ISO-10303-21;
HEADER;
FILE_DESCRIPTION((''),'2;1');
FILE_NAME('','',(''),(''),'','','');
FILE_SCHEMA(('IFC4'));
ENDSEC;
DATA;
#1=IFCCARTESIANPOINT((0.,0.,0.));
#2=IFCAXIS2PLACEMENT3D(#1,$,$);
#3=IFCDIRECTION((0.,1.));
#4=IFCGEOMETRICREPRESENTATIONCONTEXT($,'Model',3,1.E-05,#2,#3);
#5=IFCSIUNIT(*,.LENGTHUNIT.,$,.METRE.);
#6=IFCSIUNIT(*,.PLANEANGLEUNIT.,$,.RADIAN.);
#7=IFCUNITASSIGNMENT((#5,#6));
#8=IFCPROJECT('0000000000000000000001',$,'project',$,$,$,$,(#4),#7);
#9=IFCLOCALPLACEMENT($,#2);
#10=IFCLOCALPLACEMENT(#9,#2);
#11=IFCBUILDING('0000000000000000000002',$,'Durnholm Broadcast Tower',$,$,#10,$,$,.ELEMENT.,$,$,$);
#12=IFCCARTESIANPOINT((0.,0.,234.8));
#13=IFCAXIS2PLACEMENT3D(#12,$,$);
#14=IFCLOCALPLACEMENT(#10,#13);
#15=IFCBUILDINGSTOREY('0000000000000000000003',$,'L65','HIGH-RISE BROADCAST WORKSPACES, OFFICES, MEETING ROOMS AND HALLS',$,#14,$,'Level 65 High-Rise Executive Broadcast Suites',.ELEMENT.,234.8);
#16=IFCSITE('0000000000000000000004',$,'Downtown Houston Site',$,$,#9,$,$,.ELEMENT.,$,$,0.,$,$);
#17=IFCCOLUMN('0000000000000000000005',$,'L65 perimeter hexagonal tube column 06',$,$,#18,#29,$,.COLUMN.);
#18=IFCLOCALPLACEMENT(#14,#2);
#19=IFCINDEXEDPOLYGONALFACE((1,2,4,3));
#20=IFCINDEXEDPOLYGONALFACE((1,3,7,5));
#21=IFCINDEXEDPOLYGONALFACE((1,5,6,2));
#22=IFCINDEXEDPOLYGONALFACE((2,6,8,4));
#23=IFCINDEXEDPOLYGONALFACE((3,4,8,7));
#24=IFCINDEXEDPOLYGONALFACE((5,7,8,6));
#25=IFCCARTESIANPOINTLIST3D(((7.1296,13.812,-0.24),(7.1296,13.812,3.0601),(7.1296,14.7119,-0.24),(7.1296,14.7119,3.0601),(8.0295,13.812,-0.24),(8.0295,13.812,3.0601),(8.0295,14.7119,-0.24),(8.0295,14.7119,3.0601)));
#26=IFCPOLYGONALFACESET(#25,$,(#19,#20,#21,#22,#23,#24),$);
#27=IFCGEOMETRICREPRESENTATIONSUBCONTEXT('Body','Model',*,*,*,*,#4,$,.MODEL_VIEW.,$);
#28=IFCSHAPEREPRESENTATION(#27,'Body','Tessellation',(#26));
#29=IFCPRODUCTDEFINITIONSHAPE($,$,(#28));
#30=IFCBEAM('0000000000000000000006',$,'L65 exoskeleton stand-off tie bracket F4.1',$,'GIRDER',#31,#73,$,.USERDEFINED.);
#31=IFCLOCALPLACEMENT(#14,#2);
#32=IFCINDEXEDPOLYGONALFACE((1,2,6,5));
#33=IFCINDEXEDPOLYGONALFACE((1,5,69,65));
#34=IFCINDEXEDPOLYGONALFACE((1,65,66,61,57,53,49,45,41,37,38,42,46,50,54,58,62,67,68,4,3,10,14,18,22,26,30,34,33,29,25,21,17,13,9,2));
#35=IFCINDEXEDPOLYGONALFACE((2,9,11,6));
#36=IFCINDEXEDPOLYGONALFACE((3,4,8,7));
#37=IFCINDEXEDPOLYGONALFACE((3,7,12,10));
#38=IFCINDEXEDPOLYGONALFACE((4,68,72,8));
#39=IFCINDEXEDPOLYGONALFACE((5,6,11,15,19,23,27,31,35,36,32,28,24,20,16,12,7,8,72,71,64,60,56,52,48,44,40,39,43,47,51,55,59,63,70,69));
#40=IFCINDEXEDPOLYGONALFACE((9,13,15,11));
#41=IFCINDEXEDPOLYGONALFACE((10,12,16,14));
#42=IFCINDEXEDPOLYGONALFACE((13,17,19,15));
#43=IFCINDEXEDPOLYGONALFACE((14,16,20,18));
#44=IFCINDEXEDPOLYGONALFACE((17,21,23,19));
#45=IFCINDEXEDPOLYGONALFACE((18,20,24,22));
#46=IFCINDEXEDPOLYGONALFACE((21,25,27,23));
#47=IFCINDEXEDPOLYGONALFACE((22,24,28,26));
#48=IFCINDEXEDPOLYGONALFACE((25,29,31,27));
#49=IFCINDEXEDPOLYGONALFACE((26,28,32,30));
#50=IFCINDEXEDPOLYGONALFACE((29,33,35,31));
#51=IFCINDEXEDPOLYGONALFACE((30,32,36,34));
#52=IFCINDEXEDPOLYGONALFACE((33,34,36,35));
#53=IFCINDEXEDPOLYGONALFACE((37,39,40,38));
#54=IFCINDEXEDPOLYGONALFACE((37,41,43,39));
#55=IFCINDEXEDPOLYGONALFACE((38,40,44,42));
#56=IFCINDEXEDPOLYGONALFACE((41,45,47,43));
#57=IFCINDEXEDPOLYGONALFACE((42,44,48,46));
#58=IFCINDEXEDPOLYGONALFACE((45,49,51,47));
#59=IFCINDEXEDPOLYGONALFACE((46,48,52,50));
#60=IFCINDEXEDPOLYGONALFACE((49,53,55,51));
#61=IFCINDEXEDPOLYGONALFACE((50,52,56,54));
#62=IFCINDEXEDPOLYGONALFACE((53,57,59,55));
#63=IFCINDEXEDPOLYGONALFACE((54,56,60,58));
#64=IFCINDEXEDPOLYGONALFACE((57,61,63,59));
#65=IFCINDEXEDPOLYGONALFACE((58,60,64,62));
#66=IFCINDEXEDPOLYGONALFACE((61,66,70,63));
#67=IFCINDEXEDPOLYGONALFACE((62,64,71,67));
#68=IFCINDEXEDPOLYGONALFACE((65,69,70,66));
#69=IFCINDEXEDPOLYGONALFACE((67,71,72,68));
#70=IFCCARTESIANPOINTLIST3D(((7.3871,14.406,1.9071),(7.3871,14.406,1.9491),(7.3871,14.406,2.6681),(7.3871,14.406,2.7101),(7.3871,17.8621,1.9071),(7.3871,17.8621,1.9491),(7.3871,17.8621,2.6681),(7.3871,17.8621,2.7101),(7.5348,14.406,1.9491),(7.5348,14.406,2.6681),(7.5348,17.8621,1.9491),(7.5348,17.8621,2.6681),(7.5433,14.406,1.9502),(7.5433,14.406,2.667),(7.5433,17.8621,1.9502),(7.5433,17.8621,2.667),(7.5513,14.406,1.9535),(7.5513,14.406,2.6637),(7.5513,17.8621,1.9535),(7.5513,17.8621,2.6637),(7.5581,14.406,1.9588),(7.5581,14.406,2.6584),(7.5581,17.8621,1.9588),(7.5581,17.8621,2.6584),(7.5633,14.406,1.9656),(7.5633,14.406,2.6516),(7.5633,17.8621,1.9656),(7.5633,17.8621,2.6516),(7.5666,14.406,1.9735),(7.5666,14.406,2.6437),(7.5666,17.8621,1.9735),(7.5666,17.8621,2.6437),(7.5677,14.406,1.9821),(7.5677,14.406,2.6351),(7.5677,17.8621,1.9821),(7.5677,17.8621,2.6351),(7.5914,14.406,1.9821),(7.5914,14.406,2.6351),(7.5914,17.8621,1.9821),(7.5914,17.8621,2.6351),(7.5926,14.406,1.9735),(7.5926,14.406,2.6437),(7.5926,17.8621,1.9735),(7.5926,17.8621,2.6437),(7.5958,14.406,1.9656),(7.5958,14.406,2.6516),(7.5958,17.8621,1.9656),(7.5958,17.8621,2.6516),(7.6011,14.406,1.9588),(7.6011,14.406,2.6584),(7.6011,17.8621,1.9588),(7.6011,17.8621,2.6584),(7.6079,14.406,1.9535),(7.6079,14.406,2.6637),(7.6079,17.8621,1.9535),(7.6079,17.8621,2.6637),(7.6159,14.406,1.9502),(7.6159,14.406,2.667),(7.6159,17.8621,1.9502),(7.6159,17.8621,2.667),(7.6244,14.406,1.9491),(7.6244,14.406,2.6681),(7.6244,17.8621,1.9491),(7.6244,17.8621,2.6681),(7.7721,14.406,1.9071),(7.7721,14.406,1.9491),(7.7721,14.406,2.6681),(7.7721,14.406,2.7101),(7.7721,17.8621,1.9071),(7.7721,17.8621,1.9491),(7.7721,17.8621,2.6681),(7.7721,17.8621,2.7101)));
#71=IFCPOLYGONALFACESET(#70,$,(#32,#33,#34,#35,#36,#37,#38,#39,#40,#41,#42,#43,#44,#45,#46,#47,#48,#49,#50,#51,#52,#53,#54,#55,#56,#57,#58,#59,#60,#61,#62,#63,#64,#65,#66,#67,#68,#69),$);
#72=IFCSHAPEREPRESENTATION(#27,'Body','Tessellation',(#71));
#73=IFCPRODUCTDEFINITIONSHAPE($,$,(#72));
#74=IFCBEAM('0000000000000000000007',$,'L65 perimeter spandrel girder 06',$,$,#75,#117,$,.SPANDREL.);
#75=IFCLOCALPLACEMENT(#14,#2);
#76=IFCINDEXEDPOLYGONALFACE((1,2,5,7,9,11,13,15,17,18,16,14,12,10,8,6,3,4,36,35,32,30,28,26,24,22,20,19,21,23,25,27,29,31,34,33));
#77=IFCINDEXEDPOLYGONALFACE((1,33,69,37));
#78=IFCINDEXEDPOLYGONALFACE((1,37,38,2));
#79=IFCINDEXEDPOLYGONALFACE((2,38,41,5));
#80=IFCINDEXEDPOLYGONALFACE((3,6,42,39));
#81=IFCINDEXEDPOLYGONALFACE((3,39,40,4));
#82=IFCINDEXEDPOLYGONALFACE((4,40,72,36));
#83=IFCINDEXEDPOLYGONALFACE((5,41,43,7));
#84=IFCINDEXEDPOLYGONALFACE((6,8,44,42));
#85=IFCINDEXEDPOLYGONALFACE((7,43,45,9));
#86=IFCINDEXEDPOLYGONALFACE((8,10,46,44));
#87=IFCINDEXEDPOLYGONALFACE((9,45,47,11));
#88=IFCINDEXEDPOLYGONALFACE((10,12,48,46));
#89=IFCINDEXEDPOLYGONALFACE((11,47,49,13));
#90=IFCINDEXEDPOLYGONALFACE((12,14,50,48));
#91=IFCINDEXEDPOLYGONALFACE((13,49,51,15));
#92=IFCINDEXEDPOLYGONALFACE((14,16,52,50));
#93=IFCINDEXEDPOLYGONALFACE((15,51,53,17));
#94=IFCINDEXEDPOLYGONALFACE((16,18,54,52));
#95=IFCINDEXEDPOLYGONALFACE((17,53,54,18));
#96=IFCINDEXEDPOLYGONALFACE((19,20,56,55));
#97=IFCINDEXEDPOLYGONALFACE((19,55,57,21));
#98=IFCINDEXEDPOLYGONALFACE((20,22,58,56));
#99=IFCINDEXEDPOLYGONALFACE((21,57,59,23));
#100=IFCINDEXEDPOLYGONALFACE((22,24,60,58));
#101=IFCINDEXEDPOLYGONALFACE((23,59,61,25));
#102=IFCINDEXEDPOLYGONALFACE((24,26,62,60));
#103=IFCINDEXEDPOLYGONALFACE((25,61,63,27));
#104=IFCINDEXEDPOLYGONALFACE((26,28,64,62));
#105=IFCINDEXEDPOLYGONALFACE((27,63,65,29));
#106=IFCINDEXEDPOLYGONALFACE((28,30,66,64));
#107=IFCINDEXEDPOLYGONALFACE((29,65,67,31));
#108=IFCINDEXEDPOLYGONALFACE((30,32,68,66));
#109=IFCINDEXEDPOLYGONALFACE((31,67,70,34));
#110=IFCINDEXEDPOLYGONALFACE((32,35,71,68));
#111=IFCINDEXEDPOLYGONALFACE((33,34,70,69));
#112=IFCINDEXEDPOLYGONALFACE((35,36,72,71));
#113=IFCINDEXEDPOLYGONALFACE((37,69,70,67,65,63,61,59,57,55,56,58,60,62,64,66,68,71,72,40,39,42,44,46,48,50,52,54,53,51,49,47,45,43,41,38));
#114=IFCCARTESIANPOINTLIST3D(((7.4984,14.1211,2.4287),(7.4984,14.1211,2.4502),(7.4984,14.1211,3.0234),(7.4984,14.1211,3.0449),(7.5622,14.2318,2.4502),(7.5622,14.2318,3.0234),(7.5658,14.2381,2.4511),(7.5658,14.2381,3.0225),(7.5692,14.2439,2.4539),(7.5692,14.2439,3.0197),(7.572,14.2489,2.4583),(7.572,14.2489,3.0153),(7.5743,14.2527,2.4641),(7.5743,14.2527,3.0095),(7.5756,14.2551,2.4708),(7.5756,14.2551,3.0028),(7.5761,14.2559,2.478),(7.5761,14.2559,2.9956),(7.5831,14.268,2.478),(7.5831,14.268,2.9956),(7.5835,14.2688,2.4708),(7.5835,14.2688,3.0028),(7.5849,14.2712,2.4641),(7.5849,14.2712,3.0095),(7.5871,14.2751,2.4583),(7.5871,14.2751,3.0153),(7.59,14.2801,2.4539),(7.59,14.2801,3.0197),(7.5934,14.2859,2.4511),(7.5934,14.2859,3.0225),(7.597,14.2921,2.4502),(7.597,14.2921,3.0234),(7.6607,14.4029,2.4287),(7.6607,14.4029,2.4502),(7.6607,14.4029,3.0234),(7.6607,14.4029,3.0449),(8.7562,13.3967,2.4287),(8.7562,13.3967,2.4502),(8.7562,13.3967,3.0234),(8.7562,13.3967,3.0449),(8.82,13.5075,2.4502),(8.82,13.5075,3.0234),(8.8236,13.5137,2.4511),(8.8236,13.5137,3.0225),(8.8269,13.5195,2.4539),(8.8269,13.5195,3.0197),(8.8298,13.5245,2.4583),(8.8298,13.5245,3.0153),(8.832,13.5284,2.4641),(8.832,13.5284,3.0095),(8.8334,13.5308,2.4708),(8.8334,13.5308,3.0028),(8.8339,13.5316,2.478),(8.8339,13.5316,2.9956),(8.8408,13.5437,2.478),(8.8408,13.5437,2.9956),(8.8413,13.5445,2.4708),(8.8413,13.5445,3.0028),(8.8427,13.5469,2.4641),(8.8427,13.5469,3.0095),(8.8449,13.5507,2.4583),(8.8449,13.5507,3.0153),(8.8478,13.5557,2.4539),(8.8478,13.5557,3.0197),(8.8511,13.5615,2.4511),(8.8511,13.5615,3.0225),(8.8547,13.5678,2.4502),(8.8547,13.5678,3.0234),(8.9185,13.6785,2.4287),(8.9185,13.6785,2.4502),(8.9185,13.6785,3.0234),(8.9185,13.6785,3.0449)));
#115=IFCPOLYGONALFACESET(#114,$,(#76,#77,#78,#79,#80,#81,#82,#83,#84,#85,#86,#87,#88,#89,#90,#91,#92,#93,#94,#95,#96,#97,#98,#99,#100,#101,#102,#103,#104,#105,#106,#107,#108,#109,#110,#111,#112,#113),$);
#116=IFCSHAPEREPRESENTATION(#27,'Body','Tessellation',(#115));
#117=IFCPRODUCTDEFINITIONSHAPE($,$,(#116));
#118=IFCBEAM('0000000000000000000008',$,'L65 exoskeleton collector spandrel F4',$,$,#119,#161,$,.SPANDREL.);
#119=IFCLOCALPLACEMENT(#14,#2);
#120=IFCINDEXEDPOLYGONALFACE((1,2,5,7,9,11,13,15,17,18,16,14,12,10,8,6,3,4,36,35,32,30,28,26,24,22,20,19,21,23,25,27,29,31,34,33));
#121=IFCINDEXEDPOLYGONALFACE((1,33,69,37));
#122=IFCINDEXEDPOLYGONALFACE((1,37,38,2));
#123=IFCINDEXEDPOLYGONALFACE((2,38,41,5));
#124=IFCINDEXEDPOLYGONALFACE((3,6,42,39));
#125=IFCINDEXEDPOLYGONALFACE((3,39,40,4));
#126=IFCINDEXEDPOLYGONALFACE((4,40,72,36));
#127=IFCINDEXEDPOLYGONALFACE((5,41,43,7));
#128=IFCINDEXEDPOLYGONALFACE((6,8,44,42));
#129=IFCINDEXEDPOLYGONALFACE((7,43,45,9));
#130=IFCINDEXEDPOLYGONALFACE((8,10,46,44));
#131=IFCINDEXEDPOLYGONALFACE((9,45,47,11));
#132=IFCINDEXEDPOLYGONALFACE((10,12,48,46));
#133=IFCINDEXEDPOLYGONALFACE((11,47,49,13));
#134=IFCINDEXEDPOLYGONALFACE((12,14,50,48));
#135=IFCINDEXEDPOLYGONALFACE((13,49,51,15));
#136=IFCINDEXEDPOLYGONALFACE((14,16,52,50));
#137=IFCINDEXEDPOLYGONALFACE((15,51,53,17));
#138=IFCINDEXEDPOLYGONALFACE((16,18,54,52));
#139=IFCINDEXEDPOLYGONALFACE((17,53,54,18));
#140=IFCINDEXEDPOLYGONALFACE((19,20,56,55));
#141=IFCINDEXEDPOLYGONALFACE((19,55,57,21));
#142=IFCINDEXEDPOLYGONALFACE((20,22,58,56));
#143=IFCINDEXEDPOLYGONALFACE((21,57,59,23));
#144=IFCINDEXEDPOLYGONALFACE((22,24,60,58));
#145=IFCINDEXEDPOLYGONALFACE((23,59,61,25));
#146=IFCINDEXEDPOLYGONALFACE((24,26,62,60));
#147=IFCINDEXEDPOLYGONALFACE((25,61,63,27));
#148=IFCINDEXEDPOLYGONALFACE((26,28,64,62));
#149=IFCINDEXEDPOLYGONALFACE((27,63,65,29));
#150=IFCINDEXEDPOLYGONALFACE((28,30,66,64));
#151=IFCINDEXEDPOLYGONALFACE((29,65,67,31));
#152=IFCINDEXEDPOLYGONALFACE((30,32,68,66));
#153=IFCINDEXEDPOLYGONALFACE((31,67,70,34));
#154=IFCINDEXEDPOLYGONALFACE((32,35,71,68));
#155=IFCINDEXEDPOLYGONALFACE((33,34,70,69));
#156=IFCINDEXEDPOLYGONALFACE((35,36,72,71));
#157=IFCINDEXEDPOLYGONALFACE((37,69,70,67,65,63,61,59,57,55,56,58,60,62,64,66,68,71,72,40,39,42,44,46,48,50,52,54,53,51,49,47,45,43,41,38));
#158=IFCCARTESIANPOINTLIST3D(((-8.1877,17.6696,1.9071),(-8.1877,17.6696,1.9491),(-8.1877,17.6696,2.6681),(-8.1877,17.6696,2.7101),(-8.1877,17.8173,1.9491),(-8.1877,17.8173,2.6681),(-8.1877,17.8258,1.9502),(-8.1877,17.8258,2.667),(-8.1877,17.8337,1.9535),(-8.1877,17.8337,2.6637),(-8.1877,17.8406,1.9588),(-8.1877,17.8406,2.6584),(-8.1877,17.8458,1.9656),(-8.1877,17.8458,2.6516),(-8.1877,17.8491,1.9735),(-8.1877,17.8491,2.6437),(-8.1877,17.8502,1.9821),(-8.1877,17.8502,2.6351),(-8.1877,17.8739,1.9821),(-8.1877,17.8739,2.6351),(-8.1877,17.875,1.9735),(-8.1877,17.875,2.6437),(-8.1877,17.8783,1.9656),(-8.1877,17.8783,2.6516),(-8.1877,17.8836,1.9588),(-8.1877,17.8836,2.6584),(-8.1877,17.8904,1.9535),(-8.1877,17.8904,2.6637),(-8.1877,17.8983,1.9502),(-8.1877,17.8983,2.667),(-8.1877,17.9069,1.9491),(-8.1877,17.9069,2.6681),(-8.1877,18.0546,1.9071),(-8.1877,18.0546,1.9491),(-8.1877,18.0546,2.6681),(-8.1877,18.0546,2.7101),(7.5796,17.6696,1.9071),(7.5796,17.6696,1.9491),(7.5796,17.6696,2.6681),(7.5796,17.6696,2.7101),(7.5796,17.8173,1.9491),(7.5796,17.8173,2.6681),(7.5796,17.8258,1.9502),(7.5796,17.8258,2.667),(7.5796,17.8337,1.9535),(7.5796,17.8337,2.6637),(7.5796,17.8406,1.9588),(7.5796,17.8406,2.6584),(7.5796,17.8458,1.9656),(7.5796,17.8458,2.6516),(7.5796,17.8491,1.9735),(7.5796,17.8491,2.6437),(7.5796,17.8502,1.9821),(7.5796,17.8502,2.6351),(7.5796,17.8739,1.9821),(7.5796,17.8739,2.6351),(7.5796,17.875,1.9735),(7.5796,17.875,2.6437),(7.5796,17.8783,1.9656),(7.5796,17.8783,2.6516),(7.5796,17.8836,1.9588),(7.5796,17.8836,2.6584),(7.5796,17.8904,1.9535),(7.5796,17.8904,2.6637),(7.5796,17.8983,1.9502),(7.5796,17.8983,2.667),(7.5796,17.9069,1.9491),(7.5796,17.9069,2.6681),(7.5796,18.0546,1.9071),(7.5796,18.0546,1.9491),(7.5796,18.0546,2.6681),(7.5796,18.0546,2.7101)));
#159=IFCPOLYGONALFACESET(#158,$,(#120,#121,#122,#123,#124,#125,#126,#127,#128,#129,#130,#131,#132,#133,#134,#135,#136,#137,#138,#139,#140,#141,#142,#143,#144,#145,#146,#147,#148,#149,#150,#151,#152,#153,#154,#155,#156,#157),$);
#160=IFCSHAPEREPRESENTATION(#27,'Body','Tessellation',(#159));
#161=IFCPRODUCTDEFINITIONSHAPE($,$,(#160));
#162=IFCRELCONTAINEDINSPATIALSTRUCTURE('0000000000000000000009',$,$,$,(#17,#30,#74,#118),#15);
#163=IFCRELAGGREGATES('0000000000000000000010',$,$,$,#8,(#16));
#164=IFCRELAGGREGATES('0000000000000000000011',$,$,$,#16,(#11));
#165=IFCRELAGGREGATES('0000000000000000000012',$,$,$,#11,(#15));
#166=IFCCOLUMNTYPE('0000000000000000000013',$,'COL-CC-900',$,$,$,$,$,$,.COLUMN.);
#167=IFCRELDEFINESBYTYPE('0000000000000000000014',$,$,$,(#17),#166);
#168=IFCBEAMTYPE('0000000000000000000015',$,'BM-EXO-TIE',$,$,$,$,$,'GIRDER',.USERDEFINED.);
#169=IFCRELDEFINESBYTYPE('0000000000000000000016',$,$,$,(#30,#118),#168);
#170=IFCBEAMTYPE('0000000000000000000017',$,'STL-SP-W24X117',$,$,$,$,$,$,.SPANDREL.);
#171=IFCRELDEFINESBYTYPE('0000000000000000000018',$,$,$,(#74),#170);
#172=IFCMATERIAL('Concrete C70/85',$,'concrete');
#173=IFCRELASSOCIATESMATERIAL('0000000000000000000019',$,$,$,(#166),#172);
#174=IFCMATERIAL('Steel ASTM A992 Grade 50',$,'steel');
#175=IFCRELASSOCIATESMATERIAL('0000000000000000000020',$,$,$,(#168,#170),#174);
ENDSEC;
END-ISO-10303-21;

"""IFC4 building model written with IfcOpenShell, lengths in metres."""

from ifc_helpers import new_model, si_unit, direction, frame, origin, origin_2d, place, context, subcontext, project, spatial, rectangle, i_section, extrude, source, transform, mapped, material, material_profile, profile_set, type_object, type_shapes, element, save


model = new_model("IFC4")

# Units and contexts
model_context = context("Model", 3, precision=1e-05, world=origin(), true_north=direction((0.0, 1.0)))
body_context = subcontext(model_context, "Body", "Model", "MODEL_VIEW")
ifc_project = project(units=[si_unit("LENGTHUNIT", "METRE"), si_unit("PLANEANGLEUNIT", "RADIAN")], contexts=[model_context])

# Site, building, storey
site_placement = place(None, origin())
site = spatial("IfcSite", under=ifc_project, at=site_placement, Name="Downtown Houston Site", CompositionType="ELEMENT", RefElevation=0.0)
building_placement = place(site_placement, origin())
building = spatial("IfcBuilding", under=site, at=building_placement, Name="Durnholm Broadcast Tower", CompositionType="ELEMENT")
storey_placement = place(building_placement, frame((0.0, 0.0, 234.8)))
storey = spatial("IfcBuildingStorey", under=building, at=storey_placement, Name="L65", Description="HIGH-RISE BROADCAST WORKSPACES, OFFICES, MEETING ROOMS AND HALLS", LongName="Level 65 High-Rise Executive Broadcast Suites", CompositionType="ELEMENT", Elevation=234.8)

# Column
ifc_material_1 = material(Name="Concrete C70/85", Category="concrete")
ifc_material_profile_1 = material_profile(ifc_material_1, rectangle(XDim=0.8999, YDim=0.8999, at=origin_2d()), Name="RC900X900")
ifc_profile_set_1 = profile_set([ifc_material_profile_1], Name="Concrete C70/85")
column_type = type_object("IfcColumnType", Name="COL-CC-900", PredefinedType="COLUMN", material=ifc_profile_set_1)
shared_shape_1 = source(origin(), body_context, "Body", "SweptSolid", [
    extrude(rectangle(XDim=0.8999, YDim=0.8999, at=origin_2d()), origin(), (0.0, 0.0, 1.0), 3.3),
])
type_shapes(column_type, [shared_shape_1])
column_placement = place(storey_placement, frame((7.5796, 14.262, -0.24), z_axis=(0.0, 0.0, 1.0), x_axis=(1.0, 0.0, 0.0)))
element("IfcColumn", 1, at=column_placement, inside=storey, type_object=column_type, Name="L65 perimeter hexagonal tube column 06", PredefinedType="COLUMN", context=body_context, shape_type="MappedRepresentation", body=[
    mapped(shared_shape_1, transform((0.0, 0.0, 0.0), x_axis=(1.0, 0.0, 0.0), y_axis=(0.0, 1.0, 0.0), z_axis=(0.0, 0.0, 1.0), scale=1.0)),
])

# Beams
ifc_material_2 = material(Name="Steel ASTM A992 Grade 50", Category="steel")
ifc_material_profile_2 = material_profile(ifc_material_2, i_section(OverallWidth=0.385, OverallDepth=0.803, WebThickness=0.0237, FlangeThickness=0.042, FilletRadius=0.033, at=origin_2d()), Name="W30X261")
ifc_profile_set_2 = profile_set([ifc_material_profile_2], Name="Steel ASTM A992 Grade 50")
beam_type_1 = type_object("IfcBeamType", Name="BM-EXO-TIE", ElementType="GIRDER", PredefinedType="USERDEFINED", material=ifc_profile_set_2)
shared_shape_2 = source(origin(), body_context, "Body", "SweptSolid", [
    extrude(i_section(OverallWidth=0.385, OverallDepth=0.803, WebThickness=0.0237, FlangeThickness=0.042, FilletRadius=0.033, at=origin_2d()), origin(), (0.0, 0.0, 1.0), 3.4561),
])
beam_1_placement = place(storey_placement, frame((7.5796, 14.406, 2.3086), z_axis=(0.0, 1.0, 0.0), x_axis=(-1.0, 0.0, 0.0)))
element("IfcBeam", 2, at=beam_1_placement, inside=storey, type_object=beam_type_1, Name="L65 exoskeleton stand-off tie bracket F4.1", ObjectType="GIRDER", PredefinedType="USERDEFINED", context=body_context, shape_type="MappedRepresentation", body=[
    mapped(shared_shape_2, transform((0.0, 0.0, 0.0), x_axis=(1.0, 0.0, 0.0), y_axis=(0.0, 1.0, 0.0), z_axis=(0.0, 0.0, 1.0), scale=1.0)),
])
ifc_material_profile_3 = material_profile(ifc_material_2, i_section(OverallWidth=0.3252, OverallDepth=0.6162, WebThickness=0.0139, FlangeThickness=0.0215, FilletRadius=0.0278, at=origin_2d()), Name="W24X117")
ifc_profile_set_3 = profile_set([ifc_material_profile_3], Name="Steel ASTM A992 Grade 50")
beam_type_2 = type_object("IfcBeamType", Name="STL-SP-W24X117", PredefinedType="SPANDREL", material=ifc_profile_set_3)
shared_shape_3 = source(origin(), body_context, "Body", "SweptSolid", [
    extrude(i_section(OverallWidth=0.3252, OverallDepth=0.6162, WebThickness=0.0139, FlangeThickness=0.0215, FilletRadius=0.0278, at=origin_2d()), origin(), (0.0, 0.0, 1.0), 1.4514),
])
type_shapes(beam_type_2, [shared_shape_3])
beam_2_placement = place(storey_placement, frame((7.5796, 14.262, 2.7368), z_axis=(0.866572, -0.499052, 0.0), x_axis=(0.499052, 0.866572, 0.0)))
element("IfcBeam", 3, at=beam_2_placement, inside=storey, type_object=beam_type_2, Name="L65 perimeter spandrel girder 06", PredefinedType="SPANDREL", context=body_context, shape_type="MappedRepresentation", body=[
    mapped(shared_shape_3, transform((0.0, 0.0, 0.0), x_axis=(1.0, 0.0, 0.0), y_axis=(0.0, 1.0, 0.0), z_axis=(0.0, 0.0, 1.0), scale=1.0)),
])
shared_shape_4 = source(origin(), body_context, "Body", "SweptSolid", [
    extrude(i_section(OverallWidth=0.385, OverallDepth=0.803, WebThickness=0.0237, FlangeThickness=0.042, FilletRadius=0.033, at=origin_2d()), origin(), (0.0, 0.0, 1.0), 15.7673),
])
type_shapes(beam_type_1, [shared_shape_2, shared_shape_4])
beam_3_placement = place(storey_placement, frame((7.5796, 17.8621, 2.3086), z_axis=(-1.0, 0.0, 0.0), x_axis=(0.0, -1.0, 0.0)))
element("IfcBeam", 4, at=beam_3_placement, inside=storey, type_object=beam_type_1, Name="L65 exoskeleton collector spandrel F4", PredefinedType="SPANDREL", context=body_context, shape_type="MappedRepresentation", body=[
    mapped(shared_shape_4, transform((0.0, 0.0, 0.0), x_axis=(1.0, 0.0, 0.0), y_axis=(0.0, 1.0, 0.0), z_axis=(0.0, 0.0, 1.0), scale=1.0)),
])

save(model, "model.ifc")
